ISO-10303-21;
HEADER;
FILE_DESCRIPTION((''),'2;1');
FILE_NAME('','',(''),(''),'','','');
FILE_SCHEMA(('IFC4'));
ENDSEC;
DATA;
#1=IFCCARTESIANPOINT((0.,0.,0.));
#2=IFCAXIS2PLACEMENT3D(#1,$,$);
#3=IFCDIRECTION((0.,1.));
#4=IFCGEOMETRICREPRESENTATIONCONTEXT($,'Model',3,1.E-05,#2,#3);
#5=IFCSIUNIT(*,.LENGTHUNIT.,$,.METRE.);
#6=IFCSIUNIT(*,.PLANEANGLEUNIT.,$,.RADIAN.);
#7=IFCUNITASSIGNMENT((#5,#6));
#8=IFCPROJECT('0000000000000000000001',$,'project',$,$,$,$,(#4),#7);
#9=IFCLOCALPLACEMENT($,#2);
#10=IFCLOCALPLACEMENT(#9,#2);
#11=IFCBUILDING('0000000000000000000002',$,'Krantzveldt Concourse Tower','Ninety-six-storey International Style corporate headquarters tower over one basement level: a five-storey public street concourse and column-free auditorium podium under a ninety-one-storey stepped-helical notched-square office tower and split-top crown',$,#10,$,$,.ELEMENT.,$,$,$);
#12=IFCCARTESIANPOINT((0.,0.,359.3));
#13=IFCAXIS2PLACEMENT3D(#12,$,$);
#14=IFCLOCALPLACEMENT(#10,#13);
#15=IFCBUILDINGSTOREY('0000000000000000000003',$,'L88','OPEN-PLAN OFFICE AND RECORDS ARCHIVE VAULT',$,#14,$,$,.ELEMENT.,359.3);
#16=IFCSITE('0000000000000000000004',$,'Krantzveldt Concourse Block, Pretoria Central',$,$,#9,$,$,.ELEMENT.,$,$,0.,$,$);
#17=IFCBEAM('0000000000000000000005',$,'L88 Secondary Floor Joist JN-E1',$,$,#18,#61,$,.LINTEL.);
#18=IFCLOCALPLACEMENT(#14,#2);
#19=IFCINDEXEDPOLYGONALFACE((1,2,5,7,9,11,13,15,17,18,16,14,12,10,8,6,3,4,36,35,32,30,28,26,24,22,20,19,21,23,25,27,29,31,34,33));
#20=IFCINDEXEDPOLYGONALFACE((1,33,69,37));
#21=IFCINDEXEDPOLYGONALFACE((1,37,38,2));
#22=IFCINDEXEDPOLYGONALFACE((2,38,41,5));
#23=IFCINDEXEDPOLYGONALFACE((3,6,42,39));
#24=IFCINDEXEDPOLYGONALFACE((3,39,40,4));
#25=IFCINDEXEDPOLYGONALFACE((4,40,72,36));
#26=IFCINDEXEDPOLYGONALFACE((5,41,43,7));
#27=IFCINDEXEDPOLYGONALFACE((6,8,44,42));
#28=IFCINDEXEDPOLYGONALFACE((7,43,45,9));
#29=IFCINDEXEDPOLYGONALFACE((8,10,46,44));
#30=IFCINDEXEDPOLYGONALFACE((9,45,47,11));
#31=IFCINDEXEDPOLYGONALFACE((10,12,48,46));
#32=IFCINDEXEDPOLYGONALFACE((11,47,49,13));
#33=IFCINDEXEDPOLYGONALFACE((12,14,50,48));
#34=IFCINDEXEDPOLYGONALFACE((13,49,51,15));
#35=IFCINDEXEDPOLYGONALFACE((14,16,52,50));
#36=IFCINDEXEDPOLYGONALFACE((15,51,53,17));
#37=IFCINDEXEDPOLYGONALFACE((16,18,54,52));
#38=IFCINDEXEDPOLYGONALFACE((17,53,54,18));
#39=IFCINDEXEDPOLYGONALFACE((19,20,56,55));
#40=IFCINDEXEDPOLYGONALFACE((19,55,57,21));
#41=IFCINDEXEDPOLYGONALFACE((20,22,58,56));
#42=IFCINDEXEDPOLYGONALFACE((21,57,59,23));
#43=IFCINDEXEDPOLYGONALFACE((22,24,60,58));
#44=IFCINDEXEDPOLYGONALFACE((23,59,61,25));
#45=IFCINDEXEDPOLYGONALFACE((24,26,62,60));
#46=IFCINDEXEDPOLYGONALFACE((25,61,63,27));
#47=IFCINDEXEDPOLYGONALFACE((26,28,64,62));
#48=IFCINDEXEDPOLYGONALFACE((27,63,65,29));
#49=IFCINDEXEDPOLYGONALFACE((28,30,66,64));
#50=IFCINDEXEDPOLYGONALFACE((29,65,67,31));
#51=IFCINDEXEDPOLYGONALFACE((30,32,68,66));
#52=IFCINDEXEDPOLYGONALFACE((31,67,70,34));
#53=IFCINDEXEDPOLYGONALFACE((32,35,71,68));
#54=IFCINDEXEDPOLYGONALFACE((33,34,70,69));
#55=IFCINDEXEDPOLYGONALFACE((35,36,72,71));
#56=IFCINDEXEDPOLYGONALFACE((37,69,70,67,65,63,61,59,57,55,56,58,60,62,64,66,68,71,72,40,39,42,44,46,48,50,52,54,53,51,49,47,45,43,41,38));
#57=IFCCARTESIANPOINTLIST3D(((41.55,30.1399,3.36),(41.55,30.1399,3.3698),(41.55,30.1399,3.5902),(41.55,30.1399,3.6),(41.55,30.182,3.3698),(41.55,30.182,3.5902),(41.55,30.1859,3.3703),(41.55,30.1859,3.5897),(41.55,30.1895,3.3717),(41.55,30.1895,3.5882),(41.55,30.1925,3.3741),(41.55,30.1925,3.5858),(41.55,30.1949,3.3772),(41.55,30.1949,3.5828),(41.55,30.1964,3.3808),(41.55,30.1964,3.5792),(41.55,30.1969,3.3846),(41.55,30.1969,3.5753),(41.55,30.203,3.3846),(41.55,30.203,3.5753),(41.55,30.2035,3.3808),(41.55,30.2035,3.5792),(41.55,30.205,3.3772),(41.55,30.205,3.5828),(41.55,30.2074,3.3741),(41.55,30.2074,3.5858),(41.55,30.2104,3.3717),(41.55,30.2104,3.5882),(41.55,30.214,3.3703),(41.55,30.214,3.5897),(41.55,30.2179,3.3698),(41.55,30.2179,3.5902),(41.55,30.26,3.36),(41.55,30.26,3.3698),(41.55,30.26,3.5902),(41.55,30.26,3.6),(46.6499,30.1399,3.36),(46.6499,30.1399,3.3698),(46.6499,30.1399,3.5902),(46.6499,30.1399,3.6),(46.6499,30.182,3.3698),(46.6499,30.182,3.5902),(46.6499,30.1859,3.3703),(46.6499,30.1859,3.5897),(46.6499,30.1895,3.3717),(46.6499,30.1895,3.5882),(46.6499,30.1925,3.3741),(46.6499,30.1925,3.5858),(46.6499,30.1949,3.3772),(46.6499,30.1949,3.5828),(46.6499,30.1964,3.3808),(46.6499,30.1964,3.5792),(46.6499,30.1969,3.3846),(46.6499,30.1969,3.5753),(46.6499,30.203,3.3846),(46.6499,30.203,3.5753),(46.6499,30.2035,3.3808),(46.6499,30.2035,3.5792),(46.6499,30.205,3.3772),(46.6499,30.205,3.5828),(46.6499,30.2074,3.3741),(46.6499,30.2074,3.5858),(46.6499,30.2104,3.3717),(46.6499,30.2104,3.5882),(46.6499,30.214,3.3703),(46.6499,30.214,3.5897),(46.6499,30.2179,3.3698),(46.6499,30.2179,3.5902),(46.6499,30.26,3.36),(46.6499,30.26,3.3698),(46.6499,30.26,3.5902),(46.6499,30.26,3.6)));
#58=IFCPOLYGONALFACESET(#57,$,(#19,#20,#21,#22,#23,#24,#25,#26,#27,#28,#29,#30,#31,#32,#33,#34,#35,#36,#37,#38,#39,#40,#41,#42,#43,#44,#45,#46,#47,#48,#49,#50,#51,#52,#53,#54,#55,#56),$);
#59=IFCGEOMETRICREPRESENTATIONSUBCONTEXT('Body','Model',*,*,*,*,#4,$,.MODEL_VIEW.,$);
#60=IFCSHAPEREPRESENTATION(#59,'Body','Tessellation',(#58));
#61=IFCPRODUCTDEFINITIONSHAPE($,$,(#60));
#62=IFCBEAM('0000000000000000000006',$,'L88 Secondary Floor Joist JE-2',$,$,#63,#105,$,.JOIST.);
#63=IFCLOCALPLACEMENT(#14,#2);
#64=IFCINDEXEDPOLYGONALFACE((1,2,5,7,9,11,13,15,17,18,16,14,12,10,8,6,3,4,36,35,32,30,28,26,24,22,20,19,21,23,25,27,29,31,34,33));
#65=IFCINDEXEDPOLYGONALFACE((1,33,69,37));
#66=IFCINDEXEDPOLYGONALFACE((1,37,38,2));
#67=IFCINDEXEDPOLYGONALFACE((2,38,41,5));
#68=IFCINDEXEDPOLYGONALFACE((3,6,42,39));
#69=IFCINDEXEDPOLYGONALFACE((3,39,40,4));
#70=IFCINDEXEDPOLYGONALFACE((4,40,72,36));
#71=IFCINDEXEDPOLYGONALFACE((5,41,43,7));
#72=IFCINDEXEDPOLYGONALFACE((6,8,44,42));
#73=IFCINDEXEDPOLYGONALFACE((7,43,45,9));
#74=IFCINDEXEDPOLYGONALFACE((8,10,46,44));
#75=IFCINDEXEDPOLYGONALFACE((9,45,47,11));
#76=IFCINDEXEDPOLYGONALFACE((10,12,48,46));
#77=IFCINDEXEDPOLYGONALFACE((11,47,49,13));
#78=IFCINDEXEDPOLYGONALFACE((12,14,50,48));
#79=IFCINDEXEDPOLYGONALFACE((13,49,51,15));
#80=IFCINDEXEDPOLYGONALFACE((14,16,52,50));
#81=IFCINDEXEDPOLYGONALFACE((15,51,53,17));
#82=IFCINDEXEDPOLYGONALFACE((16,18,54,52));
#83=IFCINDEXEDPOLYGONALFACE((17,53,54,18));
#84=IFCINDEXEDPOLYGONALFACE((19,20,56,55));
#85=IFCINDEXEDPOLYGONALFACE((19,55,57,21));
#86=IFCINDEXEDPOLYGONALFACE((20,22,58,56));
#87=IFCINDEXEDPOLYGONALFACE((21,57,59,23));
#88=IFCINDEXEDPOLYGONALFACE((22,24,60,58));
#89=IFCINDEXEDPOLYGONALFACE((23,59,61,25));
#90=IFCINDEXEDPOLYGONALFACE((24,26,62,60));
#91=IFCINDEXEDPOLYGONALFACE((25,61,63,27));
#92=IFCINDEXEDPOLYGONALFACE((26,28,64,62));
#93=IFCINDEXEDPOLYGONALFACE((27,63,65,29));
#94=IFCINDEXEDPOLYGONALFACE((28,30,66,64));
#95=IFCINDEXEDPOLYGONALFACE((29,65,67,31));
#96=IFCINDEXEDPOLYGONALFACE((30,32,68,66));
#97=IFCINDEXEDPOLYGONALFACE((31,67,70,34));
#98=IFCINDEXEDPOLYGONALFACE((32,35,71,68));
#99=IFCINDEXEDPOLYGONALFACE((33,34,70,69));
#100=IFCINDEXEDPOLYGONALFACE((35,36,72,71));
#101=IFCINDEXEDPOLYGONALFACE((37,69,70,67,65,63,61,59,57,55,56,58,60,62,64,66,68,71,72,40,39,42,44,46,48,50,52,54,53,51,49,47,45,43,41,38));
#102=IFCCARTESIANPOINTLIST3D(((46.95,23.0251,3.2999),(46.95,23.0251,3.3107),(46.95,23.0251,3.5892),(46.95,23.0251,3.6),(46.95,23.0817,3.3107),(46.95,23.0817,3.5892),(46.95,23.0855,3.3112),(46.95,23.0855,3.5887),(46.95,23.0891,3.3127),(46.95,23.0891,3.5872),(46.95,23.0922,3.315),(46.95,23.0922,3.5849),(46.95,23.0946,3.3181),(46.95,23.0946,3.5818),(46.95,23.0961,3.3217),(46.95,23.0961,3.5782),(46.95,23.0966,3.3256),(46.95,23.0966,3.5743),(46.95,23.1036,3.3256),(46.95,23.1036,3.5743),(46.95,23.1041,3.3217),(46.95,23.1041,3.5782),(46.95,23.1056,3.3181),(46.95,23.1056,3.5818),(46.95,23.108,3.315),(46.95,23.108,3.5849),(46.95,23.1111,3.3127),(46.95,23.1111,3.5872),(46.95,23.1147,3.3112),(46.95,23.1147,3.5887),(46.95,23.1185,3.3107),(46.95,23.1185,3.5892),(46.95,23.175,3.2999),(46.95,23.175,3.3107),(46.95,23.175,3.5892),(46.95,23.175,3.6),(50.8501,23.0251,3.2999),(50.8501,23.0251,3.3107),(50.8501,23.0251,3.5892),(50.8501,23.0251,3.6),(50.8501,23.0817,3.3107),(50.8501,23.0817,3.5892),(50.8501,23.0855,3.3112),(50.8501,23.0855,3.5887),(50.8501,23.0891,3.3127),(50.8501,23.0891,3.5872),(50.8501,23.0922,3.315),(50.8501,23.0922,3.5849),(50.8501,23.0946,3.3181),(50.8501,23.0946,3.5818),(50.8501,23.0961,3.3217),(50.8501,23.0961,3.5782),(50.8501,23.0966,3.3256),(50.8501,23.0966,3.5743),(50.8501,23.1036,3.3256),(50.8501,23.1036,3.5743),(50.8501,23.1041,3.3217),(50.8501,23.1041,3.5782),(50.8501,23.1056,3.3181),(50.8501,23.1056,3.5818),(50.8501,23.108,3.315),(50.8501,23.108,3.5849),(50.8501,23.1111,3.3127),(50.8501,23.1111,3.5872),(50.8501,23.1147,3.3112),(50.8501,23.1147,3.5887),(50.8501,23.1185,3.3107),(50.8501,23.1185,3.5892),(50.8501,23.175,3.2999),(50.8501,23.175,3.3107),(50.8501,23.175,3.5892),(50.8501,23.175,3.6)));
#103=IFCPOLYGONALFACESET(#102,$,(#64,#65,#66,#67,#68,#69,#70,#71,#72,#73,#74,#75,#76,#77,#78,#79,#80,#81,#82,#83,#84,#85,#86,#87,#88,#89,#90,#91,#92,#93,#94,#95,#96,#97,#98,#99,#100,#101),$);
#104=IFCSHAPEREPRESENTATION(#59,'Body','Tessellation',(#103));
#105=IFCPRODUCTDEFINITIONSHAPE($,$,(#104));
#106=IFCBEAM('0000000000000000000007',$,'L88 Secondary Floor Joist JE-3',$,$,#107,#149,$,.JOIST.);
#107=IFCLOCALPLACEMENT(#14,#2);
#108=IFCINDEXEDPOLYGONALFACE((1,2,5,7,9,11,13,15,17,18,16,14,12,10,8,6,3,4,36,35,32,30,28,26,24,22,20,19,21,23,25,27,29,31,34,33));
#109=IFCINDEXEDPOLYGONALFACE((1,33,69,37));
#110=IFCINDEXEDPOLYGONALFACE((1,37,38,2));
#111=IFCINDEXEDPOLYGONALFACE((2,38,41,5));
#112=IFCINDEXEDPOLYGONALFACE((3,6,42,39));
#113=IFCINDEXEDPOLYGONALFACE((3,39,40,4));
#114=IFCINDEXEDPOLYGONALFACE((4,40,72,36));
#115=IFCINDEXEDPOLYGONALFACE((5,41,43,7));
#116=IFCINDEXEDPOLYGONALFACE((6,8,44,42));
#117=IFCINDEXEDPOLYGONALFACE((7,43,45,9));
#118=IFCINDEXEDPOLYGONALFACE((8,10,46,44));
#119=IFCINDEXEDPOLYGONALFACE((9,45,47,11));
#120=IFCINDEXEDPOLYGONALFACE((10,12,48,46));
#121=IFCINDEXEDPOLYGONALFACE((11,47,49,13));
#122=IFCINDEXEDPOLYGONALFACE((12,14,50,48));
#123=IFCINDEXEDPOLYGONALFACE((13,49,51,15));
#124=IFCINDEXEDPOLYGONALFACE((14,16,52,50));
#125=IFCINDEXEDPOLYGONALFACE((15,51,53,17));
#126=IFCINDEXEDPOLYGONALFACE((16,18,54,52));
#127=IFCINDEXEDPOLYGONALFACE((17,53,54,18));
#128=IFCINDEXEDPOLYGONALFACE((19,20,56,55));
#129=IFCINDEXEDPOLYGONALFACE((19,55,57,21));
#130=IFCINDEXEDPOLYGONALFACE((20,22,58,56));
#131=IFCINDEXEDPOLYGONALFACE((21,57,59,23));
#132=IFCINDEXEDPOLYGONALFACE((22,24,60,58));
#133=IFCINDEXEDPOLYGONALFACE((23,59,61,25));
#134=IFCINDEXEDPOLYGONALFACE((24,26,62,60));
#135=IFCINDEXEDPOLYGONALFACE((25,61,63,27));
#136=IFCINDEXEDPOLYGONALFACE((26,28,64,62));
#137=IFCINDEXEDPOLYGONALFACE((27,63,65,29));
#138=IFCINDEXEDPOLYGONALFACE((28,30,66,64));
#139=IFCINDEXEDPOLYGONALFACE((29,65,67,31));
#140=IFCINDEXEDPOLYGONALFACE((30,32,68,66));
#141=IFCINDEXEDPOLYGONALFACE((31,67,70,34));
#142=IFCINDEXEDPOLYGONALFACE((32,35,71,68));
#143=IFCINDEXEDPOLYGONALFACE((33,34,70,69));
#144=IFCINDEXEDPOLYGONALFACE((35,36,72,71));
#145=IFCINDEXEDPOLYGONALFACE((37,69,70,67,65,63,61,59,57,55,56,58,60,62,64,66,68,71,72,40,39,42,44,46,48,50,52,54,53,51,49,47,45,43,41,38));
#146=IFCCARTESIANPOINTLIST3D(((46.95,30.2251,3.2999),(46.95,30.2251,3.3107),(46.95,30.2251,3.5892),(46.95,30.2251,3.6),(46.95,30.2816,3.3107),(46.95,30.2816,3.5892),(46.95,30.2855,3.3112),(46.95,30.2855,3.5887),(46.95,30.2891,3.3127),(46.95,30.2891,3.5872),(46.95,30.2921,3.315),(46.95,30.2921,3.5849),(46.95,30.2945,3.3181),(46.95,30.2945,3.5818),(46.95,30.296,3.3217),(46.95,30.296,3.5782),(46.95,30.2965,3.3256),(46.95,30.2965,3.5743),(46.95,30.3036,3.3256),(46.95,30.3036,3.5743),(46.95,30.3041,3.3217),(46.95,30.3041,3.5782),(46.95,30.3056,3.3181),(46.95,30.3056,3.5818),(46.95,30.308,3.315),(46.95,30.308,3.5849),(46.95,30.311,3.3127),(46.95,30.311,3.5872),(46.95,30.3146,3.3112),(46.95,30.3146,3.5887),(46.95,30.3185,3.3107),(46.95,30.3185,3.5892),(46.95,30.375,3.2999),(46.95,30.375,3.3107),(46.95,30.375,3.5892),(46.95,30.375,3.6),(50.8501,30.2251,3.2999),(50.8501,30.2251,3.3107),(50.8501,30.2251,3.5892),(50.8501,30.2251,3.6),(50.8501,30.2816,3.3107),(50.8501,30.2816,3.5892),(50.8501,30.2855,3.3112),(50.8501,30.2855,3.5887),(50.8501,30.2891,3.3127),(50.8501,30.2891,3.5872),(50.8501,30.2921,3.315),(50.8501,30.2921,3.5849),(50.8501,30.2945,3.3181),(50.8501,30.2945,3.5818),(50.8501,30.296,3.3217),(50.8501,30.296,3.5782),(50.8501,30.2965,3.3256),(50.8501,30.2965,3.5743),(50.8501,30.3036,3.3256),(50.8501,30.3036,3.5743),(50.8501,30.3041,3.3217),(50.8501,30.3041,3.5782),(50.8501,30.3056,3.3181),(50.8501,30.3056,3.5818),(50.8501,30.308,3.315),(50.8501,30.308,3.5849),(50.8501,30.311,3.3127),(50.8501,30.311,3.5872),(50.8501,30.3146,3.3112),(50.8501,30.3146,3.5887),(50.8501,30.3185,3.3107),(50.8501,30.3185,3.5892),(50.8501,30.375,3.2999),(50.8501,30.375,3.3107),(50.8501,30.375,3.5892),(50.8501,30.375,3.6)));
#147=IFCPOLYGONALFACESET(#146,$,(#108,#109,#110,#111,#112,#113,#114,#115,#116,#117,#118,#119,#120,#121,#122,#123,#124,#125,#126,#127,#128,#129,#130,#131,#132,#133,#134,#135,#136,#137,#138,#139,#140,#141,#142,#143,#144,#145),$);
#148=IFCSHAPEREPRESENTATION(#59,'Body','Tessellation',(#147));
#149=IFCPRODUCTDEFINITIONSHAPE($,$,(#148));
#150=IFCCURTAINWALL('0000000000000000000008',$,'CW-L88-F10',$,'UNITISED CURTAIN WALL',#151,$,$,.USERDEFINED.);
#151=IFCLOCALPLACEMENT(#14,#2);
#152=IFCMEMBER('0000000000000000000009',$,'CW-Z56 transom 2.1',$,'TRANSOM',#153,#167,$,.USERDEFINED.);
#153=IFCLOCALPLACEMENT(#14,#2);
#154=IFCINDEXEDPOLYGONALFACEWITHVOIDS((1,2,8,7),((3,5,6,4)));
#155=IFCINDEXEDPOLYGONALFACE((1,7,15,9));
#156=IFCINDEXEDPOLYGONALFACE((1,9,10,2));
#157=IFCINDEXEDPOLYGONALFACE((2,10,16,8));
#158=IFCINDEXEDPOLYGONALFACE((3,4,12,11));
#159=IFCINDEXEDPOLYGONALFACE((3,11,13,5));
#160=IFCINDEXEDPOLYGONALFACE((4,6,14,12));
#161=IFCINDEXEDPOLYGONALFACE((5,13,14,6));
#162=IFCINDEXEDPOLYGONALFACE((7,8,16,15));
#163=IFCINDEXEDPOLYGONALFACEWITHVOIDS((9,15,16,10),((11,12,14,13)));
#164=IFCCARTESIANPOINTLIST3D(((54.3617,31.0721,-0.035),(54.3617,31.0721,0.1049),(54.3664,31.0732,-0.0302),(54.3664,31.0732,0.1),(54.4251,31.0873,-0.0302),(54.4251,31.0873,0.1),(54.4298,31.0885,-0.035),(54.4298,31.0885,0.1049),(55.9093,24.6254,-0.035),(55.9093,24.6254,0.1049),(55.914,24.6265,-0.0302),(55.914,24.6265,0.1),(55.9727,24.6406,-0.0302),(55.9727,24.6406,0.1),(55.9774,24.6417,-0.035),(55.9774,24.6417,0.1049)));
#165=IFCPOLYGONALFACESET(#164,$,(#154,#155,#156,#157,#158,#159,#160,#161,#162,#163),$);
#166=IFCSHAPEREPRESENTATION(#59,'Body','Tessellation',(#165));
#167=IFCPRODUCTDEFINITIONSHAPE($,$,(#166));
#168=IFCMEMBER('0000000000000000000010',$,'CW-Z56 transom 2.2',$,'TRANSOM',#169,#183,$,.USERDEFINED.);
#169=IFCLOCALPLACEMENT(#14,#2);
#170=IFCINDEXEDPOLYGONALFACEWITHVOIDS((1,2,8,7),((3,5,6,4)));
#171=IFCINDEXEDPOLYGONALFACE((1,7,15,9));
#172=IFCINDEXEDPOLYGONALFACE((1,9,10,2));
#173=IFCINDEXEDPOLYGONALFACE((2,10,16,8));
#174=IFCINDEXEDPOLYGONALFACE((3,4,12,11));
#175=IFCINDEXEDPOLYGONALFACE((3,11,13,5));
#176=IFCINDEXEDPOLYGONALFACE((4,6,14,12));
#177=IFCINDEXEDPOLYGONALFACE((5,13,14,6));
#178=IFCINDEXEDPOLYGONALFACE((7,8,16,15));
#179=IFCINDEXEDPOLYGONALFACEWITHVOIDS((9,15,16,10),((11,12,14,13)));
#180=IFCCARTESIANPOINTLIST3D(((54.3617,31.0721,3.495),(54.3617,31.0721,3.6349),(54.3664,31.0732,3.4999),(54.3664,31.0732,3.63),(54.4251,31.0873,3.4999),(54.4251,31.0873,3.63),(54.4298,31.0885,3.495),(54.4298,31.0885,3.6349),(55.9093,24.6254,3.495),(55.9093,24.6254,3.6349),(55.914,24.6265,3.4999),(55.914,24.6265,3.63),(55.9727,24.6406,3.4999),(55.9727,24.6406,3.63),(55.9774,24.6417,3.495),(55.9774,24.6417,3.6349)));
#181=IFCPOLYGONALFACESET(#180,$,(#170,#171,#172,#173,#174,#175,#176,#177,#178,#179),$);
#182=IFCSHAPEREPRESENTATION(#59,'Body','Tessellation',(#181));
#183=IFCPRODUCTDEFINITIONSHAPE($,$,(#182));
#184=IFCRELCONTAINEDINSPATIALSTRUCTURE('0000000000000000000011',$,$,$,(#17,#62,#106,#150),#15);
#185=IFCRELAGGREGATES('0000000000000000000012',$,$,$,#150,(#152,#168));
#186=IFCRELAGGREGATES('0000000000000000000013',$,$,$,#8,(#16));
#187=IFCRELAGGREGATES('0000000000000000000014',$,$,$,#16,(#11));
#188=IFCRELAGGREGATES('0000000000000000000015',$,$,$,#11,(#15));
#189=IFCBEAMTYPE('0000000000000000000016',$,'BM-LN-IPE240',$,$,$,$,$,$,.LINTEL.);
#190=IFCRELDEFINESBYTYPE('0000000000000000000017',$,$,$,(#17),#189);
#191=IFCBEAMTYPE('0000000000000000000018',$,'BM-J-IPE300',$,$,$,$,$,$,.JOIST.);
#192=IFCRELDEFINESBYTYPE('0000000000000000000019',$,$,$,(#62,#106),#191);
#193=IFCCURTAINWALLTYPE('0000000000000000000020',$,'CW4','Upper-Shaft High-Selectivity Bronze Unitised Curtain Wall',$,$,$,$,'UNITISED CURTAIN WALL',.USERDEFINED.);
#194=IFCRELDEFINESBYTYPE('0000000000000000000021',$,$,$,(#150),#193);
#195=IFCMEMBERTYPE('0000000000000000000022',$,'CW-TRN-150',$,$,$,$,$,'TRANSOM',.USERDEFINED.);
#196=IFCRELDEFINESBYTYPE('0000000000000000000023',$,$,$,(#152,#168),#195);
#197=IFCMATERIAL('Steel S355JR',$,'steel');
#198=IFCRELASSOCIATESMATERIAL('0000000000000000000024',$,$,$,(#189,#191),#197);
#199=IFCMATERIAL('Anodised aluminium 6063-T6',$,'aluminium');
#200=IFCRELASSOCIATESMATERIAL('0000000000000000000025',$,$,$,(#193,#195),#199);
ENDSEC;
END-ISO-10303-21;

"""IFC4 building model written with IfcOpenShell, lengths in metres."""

from ifc_helpers import new_model, si_unit, direction, frame, origin, origin_2d, place, context, subcontext, project, spatial, hollow_rectangle, i_section, extrude, source, transform, mapped, material, material_profile, profile_set, type_object, type_shapes, element, aggregate, save


model = new_model("IFC4")

# Units and contexts
model_context = context("Model", 3, precision=1e-05, world=origin(), true_north=direction((0.0, 1.0)))
body_context = subcontext(model_context, "Body", "Model", "MODEL_VIEW")
ifc_project = project(units=[si_unit("LENGTHUNIT", "METRE"), si_unit("PLANEANGLEUNIT", "RADIAN")], contexts=[model_context])

# Site, building, storey
site_placement = place(None, origin())
site = spatial("IfcSite", under=ifc_project, at=site_placement, Name="Krantzveldt Concourse Block, Pretoria Central", CompositionType="ELEMENT", RefElevation=0.0)
building_placement = place(site_placement, origin())
building = spatial("IfcBuilding", under=site, at=building_placement, Name="Krantzveldt Concourse Tower", Description="Ninety-six-storey International Style corporate headquarters tower over one basement level: a five-storey public street concourse and column-free auditorium podium under a ninety-one-storey stepped-helical notched-square office tower and split-top crown", CompositionType="ELEMENT")
storey_placement = place(building_placement, frame((0.0, 0.0, 359.3)))
storey = spatial("IfcBuildingStorey", under=building, at=storey_placement, Name="L88", Description="OPEN-PLAN OFFICE AND RECORDS ARCHIVE VAULT", CompositionType="ELEMENT", Elevation=359.3)

# Beams
ifc_material_1 = material(Name="Steel S355JR", Category="steel")
ifc_material_profile_1 = material_profile(ifc_material_1, i_section(OverallWidth=0.1201, OverallDepth=0.24, WebThickness=0.0061, FlangeThickness=0.0098, FilletRadius=0.0149, at=origin_2d()), Name="Steel S355JR", Category="steel")
ifc_profile_set_1 = profile_set([ifc_material_profile_1], Name="Steel S355JR - IPE 240")
beam_type_1 = type_object("IfcBeamType", Name="BM-LN-IPE240", PredefinedType="LINTEL", material=ifc_profile_set_1)
shared_shape_1 = source(origin(), body_context, "Body", "SweptSolid", [
    extrude(i_section(OverallWidth=0.1201, OverallDepth=0.24, WebThickness=0.0061, FlangeThickness=0.0098, FilletRadius=0.0149, at=origin_2d()), origin(), (0.0, 0.0, 1.0), 5.0999),
])
type_shapes(beam_type_1, [shared_shape_1])
beam_1_placement = place(storey_placement, frame((41.55, 30.2, 3.48), z_axis=(1.0, 0.0, 0.0), x_axis=(0.0, 1.0, 0.0)))
element("IfcBeam", 1, at=beam_1_placement, inside=storey, type_object=beam_type_1, Name="L88 Secondary Floor Joist JN-E1", PredefinedType="LINTEL", context=body_context, shape_type="MappedRepresentation", body=[
    mapped(shared_shape_1, transform((0.0, 0.0, 0.0), x_axis=(1.0, 0.0, 0.0), y_axis=(0.0, 1.0, 0.0), z_axis=(0.0, 0.0, 1.0), scale=1.0)),
])
ifc_material_profile_2 = material_profile(ifc_material_1, i_section(OverallWidth=0.1499, OverallDepth=0.3, WebThickness=0.0071, FlangeThickness=0.0107, FilletRadius=0.0149, at=origin_2d()), Name="Steel S355JR", Category="steel")
ifc_profile_set_2 = profile_set([ifc_material_profile_2], Name="Steel S355JR - IPE 300")
beam_type_2 = type_object("IfcBeamType", Name="BM-J-IPE300", PredefinedType="JOIST", material=ifc_profile_set_2)
shared_shape_2 = source(origin(), body_context, "Body", "SweptSolid", [
    extrude(i_section(OverallWidth=0.1499, OverallDepth=0.3, WebThickness=0.0071, FlangeThickness=0.0107, FilletRadius=0.0149, at=origin_2d()), origin(), (0.0, 0.0, 1.0), 3.9001),
])
type_shapes(beam_type_2, [shared_shape_2])
for number, where, z_axis, x_axis, name in (
    (2, (46.95, 23.1001, 3.45), (1.0, 0.0, 0.0), (0.0, 1.0, 0.0), "L88 Secondary Floor Joist JE-2"),
    (3, (46.95, 30.3, 3.45), (1.0, 0.0, 0.0), (0.0, 1.0, 0.0), "L88 Secondary Floor Joist JE-3"),
):
    element("IfcBeam", number, at=place(storey_placement, frame(where, z_axis=z_axis, x_axis=x_axis)), inside=storey, type_object=beam_type_2, Name=name, PredefinedType="JOIST", context=body_context, shape_type="MappedRepresentation", body=[
        mapped(shared_shape_2, transform((0.0, 0.0, 0.0), x_axis=(1.0, 0.0, 0.0), y_axis=(0.0, 1.0, 0.0), z_axis=(0.0, 0.0, 1.0), scale=1.0)),
    ])

# Curtain wall, members
ifc_material_2 = material(Name="Anodised aluminium 6063-T6", Category="aluminium")
curtain_wall_type = type_object("IfcCurtainWallType", Name="CW4", Description="Upper-Shaft High-Selectivity Bronze Unitised Curtain Wall", ElementType="UNITISED CURTAIN WALL", PredefinedType="USERDEFINED", material=ifc_material_2)
curtain_wall_placement = place(storey_placement, origin())
curtain_wall = element("IfcCurtainWall", 4, at=curtain_wall_placement, inside=storey, type_object=curtain_wall_type, Name="CW-L88-F10", ObjectType="UNITISED CURTAIN WALL", PredefinedType="USERDEFINED")
ifc_material_profile_3 = material_profile(ifc_material_2, hollow_rectangle(XDim=0.0701, YDim=0.1399, WallThickness=0.0049, at=origin_2d()), Name="Anodised aluminium 6063-T6", Category="aluminium")
ifc_profile_set_3 = profile_set([ifc_material_profile_3], Name="Anodised aluminium 6063-T6 - ALU-TRAN 140x70x5")
member_type_1 = type_object("IfcMemberType", Name="CW-TRN-150", ElementType="TRANSOM", PredefinedType="USERDEFINED", material=ifc_profile_set_3)
shared_shape_3 = source(origin(), body_context, "Body", "SweptSolid", [
    extrude(hollow_rectangle(XDim=0.0701, YDim=0.1399, WallThickness=0.0049, at=origin_2d()), origin(), (0.0, 0.0, 1.0), 6.6299),
])
type_shapes(member_type_1, [shared_shape_3])
member_1_placement = place(storey_placement, frame((55.9434, 24.6335, 0.0349), z_axis=(-0.233427, 0.972374, 0.0), x_axis=(-0.972374, -0.233427, 0.0)))
member_1 = element("IfcMember", 5, at=member_1_placement, type_object=member_type_1, Name="CW-Z56 transom 2.1", ObjectType="TRANSOM", PredefinedType="USERDEFINED", context=body_context, shape_type="MappedRepresentation", body=[
    mapped(shared_shape_3, transform((0.0, 0.0, 0.0), x_axis=(1.0, 0.0, 0.0), y_axis=(0.0, 1.0, 0.0), z_axis=(0.0, 0.0, 1.0), scale=1.0)),
])
member_2_placement = place(storey_placement, frame((55.9434, 24.6335, 3.5649), z_axis=(-0.233427, 0.972374, 0.0), x_axis=(-0.972374, -0.233427, 0.0)))
member_2 = element("IfcMember", 6, at=member_2_placement, type_object=member_type_1, Name="CW-Z56 transom 2.2", ObjectType="TRANSOM", PredefinedType="USERDEFINED", context=body_context, shape_type="MappedRepresentation", body=[
    mapped(shared_shape_3, transform((0.0, 0.0, 0.0), x_axis=(1.0, 0.0, 0.0), y_axis=(0.0, 1.0, 0.0), z_axis=(0.0, 0.0, 1.0), scale=1.0)),
])
aggregate(curtain_wall, [member_1, member_2])

save(model, "model.ifc")
